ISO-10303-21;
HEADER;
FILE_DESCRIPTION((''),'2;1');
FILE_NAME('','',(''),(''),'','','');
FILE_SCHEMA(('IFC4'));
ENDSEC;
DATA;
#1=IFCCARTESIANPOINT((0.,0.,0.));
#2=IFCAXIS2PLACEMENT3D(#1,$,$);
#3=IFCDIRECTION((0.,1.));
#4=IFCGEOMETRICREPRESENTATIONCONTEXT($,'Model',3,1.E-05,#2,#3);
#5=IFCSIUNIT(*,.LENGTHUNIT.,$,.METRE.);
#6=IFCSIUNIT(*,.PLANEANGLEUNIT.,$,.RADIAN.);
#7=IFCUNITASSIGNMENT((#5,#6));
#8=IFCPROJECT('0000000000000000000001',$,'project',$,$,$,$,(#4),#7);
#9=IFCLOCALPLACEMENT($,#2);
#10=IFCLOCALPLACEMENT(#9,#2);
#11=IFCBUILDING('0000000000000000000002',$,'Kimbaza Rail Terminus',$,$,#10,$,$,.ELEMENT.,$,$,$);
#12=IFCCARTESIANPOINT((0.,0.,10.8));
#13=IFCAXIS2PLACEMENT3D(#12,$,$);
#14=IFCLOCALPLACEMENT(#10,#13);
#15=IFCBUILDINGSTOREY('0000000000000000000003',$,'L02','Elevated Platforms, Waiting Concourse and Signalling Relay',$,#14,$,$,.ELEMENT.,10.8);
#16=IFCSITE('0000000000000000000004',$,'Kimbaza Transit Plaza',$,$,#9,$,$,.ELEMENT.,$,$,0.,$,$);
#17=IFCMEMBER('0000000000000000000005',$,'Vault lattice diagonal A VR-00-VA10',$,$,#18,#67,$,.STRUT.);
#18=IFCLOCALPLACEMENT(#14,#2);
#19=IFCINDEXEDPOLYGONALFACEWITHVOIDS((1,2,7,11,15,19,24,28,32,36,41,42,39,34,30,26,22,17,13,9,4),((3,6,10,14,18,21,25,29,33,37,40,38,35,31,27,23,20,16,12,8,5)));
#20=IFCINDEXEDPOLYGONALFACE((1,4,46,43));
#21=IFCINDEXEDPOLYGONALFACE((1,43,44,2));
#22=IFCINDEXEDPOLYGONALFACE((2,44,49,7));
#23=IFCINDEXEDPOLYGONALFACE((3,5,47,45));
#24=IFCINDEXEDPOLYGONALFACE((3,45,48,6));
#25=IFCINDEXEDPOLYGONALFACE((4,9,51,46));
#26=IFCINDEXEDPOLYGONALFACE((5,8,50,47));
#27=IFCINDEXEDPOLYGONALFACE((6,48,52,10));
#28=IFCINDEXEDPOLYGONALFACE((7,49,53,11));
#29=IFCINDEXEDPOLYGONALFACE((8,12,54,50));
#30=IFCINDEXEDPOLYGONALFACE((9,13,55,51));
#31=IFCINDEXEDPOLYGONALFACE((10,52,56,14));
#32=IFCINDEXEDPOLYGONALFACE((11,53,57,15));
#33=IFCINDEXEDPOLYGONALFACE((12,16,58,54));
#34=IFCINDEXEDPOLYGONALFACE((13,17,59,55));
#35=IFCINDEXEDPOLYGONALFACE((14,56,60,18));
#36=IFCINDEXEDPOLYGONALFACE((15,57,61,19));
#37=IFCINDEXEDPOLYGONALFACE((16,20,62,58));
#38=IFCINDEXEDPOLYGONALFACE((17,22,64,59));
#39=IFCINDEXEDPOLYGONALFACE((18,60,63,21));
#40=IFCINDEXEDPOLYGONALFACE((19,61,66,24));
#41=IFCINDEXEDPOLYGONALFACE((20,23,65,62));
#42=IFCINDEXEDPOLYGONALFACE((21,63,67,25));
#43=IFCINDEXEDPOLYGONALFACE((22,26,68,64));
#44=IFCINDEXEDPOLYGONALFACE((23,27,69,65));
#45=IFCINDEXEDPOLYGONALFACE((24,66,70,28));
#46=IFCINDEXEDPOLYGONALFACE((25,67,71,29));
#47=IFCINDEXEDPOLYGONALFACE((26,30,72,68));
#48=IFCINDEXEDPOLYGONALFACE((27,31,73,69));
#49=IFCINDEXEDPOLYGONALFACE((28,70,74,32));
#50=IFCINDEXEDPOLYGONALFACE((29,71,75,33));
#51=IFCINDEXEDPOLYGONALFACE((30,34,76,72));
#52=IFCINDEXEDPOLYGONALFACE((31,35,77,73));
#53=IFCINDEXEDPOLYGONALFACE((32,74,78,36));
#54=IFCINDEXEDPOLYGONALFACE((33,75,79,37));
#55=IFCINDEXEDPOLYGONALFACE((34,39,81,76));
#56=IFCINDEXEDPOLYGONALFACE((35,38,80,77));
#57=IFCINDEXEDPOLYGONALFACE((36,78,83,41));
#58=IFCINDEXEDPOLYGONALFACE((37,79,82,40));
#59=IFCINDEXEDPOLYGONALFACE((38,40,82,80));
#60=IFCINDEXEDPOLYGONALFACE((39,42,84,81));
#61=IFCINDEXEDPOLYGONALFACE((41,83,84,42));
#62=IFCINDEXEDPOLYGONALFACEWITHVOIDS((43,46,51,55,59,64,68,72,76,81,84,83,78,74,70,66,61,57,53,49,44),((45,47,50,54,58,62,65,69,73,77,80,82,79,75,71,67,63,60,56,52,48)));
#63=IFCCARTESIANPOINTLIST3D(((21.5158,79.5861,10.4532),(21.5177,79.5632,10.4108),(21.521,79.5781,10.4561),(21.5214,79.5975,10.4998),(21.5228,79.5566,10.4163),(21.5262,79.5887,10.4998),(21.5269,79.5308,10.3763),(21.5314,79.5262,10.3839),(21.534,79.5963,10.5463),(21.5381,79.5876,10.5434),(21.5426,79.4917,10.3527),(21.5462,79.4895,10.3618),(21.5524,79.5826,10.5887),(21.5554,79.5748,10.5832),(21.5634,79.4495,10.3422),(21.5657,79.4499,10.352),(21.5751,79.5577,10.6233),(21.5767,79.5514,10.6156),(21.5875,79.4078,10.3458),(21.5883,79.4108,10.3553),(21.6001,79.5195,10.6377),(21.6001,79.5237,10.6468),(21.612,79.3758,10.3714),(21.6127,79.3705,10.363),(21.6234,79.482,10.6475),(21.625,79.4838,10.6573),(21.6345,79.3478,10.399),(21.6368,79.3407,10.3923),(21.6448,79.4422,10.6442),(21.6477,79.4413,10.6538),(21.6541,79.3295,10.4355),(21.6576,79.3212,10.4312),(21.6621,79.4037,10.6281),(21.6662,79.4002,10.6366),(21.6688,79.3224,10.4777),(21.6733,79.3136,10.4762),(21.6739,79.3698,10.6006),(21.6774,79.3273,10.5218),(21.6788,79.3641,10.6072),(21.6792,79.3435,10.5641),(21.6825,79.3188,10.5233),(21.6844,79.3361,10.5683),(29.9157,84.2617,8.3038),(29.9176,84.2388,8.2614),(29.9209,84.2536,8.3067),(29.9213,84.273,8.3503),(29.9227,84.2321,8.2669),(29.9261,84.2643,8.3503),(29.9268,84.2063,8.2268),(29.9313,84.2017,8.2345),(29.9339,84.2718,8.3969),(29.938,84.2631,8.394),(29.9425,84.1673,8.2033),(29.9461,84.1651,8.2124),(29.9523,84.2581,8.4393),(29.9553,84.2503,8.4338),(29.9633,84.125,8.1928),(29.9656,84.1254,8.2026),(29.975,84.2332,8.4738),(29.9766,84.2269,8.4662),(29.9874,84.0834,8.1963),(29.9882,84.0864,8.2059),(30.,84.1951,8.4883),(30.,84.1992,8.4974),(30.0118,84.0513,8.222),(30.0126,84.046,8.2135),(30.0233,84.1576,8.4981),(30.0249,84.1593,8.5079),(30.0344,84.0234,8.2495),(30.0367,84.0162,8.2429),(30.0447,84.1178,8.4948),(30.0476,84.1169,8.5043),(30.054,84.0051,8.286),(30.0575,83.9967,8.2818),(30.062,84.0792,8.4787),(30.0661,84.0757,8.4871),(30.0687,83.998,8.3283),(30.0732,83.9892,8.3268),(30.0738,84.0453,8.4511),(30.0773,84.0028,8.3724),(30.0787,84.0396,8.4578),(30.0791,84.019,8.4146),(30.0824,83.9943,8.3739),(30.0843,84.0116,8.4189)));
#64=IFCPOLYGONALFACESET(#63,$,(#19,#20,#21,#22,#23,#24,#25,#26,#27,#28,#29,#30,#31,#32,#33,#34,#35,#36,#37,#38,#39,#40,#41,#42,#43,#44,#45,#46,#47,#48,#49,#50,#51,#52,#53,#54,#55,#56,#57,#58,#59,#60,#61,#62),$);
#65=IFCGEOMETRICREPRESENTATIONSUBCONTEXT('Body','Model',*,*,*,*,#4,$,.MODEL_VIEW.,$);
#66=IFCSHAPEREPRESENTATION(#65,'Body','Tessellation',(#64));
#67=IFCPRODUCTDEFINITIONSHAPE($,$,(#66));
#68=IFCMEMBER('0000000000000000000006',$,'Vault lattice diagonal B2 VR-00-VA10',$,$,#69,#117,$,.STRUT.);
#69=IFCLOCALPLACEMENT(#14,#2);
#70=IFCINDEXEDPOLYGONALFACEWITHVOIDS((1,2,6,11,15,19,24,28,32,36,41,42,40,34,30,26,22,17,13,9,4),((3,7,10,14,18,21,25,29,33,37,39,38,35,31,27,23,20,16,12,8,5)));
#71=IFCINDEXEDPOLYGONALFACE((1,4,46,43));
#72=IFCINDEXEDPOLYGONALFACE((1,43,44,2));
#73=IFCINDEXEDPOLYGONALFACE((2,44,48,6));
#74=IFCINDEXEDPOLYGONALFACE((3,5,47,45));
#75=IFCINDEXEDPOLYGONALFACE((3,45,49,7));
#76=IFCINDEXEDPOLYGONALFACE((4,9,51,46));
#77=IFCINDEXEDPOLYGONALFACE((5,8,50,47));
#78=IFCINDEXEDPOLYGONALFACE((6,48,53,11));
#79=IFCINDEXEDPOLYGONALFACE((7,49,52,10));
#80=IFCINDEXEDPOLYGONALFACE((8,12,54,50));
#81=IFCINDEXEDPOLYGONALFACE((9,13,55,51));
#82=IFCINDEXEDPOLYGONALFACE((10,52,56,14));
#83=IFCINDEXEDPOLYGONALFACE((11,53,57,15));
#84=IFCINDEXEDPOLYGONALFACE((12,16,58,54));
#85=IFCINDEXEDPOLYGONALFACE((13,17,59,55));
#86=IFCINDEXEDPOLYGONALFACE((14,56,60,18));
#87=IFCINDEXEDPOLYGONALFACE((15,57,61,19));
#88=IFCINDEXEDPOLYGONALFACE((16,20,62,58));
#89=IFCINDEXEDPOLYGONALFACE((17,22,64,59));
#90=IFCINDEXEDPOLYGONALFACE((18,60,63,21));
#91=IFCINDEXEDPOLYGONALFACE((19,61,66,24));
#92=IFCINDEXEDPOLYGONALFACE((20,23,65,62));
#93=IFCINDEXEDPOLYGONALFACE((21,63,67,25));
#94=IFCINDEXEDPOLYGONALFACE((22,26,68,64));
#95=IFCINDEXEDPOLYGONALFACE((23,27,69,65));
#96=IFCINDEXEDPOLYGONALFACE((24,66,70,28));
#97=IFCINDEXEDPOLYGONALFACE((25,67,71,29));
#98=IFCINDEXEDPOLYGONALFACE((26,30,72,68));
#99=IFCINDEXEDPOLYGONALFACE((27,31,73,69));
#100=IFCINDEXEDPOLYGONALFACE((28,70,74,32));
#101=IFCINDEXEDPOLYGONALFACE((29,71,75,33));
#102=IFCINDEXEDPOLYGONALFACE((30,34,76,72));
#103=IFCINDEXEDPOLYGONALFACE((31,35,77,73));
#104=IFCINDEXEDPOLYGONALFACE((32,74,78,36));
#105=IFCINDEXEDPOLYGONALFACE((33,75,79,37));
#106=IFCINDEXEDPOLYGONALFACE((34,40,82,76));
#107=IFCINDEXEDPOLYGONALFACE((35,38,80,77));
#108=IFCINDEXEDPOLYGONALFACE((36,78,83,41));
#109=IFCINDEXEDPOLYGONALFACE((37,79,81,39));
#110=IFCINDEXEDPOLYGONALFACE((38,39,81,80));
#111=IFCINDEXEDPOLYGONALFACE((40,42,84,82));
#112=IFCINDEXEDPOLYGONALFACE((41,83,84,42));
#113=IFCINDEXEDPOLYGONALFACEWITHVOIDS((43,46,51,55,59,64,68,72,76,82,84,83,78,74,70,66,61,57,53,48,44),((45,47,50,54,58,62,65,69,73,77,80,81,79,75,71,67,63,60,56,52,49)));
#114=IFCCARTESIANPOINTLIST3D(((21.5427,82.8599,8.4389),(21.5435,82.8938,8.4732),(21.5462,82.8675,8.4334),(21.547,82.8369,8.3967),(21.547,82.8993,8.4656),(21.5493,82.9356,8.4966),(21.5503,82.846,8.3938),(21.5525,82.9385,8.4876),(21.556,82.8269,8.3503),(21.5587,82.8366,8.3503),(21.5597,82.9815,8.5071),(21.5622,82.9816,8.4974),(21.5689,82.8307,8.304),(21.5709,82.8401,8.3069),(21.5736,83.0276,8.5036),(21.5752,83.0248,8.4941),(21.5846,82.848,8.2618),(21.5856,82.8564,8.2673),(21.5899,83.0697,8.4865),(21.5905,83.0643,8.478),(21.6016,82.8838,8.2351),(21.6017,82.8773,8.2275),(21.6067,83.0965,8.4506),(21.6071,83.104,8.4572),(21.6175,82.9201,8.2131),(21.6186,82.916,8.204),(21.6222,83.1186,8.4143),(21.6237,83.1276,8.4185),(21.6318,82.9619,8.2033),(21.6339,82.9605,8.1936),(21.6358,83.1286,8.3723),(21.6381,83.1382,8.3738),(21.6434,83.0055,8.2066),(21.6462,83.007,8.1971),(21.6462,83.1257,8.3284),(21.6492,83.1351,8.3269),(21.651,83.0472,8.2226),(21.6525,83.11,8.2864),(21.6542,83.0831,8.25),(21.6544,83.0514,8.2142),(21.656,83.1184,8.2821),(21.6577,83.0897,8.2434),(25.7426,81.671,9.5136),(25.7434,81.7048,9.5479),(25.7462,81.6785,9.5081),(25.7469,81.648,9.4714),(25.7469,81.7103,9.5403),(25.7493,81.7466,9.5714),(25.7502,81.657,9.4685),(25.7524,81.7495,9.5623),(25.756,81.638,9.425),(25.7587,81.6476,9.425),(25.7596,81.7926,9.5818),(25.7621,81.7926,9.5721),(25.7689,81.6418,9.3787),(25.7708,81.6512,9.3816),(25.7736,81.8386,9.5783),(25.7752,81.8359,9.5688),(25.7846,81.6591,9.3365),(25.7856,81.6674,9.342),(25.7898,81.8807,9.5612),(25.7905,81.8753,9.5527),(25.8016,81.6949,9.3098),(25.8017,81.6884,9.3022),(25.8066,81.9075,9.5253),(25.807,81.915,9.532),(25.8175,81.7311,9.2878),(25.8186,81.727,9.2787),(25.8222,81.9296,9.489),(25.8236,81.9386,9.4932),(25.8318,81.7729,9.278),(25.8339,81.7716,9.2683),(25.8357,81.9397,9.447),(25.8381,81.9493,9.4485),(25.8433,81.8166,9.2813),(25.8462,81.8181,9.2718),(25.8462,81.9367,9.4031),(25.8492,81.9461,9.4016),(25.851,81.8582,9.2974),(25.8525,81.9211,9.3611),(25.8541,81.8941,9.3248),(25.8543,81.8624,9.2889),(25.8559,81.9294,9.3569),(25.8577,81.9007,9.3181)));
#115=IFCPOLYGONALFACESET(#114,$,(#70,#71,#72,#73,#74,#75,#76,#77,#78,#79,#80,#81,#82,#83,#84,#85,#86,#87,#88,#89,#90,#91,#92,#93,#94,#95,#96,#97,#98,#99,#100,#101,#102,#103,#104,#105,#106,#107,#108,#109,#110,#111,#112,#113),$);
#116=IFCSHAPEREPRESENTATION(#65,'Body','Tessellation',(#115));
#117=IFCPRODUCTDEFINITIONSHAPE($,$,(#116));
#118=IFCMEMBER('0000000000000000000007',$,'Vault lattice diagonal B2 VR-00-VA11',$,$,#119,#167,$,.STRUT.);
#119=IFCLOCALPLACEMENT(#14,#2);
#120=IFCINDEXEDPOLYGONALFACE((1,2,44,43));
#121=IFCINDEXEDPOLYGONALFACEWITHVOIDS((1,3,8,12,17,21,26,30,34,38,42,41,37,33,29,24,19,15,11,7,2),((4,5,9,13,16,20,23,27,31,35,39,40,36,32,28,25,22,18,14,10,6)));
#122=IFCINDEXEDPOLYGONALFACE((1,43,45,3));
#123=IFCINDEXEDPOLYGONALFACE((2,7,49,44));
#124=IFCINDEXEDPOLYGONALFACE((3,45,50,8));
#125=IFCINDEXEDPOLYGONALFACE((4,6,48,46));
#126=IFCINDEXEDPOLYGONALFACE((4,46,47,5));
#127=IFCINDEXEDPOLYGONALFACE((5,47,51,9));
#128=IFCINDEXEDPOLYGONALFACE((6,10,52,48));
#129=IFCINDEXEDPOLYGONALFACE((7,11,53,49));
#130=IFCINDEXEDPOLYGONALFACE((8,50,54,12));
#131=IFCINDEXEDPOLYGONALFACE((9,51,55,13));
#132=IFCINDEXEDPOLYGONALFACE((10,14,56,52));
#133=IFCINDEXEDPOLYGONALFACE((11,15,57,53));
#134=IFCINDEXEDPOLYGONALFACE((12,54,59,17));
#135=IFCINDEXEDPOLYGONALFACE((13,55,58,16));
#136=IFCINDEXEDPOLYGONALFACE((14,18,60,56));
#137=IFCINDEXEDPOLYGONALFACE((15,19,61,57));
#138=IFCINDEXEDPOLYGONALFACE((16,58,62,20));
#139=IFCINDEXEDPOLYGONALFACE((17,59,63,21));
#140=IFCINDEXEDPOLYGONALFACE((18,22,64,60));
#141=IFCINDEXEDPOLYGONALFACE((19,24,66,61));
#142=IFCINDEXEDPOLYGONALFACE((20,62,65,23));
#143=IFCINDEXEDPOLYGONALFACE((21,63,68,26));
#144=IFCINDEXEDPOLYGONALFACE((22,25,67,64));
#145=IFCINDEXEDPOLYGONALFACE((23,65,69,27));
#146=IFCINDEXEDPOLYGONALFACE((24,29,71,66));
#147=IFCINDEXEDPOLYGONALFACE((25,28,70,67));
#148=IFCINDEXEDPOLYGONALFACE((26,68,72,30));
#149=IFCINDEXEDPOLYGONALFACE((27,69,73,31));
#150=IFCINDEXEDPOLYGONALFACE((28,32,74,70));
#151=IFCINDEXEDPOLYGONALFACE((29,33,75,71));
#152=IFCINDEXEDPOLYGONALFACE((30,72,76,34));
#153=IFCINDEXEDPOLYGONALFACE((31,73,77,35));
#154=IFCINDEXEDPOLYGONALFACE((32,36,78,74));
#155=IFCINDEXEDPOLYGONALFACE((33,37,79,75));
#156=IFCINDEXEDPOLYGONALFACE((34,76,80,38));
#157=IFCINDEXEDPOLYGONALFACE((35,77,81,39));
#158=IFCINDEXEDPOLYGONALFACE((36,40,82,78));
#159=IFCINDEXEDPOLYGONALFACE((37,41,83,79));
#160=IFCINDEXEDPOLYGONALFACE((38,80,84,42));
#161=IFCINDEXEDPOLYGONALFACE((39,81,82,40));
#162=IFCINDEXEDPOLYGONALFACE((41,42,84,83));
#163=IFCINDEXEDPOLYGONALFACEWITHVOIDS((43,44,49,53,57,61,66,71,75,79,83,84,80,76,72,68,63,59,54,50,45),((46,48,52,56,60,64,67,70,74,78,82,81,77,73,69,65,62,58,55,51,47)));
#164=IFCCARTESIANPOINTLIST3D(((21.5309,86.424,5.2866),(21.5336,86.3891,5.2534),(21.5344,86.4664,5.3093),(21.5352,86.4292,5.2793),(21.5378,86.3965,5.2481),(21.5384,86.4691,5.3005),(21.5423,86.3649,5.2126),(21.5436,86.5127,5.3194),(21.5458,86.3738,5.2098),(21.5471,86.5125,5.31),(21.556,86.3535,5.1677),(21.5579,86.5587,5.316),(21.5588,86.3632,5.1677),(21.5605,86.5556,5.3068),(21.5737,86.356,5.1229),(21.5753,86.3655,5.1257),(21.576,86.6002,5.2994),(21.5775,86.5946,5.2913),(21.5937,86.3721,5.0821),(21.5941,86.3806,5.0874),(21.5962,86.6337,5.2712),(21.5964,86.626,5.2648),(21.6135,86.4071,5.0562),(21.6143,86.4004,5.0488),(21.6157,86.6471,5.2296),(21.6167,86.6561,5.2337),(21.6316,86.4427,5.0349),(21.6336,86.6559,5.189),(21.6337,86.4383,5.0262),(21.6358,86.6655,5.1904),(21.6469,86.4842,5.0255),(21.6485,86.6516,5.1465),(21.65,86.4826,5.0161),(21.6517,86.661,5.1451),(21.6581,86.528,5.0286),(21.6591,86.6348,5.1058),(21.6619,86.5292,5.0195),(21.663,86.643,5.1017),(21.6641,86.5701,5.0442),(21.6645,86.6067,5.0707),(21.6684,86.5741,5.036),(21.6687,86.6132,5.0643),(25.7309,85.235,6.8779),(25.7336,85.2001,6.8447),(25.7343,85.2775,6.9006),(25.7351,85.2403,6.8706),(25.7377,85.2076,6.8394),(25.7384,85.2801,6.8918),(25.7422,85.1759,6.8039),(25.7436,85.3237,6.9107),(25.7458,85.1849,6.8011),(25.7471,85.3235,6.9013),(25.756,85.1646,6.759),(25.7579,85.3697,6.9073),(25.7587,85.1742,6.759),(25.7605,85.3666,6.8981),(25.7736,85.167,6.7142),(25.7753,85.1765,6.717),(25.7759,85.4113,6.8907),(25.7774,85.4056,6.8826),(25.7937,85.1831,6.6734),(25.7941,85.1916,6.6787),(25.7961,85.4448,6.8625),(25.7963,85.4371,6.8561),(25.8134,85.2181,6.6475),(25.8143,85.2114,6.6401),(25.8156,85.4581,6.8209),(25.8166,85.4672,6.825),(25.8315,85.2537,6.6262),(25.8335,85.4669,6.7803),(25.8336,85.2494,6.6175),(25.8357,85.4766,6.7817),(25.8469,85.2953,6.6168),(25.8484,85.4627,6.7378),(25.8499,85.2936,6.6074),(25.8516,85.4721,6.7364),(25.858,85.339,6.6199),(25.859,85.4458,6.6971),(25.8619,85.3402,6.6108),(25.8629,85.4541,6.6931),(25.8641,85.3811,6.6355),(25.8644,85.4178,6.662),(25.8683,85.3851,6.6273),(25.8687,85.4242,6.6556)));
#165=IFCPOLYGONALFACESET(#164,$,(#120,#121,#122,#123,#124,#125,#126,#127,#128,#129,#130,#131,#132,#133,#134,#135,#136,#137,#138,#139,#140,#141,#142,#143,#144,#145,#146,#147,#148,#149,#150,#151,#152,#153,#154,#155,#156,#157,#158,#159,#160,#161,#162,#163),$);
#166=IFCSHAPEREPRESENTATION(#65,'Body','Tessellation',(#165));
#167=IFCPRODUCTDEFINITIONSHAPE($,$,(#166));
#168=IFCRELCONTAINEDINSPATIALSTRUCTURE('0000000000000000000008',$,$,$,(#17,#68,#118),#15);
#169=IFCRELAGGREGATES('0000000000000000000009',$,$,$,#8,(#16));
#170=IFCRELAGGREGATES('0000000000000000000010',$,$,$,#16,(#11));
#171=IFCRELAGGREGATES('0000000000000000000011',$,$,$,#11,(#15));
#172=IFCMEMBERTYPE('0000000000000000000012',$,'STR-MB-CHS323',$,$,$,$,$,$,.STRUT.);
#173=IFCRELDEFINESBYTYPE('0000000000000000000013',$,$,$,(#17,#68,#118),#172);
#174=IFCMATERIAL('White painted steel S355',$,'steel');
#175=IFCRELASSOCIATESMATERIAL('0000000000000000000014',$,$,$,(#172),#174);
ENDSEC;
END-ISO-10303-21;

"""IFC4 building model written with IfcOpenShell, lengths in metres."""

from ifc_helpers import new_model, si_unit, direction, frame, origin, origin_2d, place, context, subcontext, project, spatial, hollow_circle, extrude, material, material_profile, profile_set, type_object, element, save


model = new_model("IFC4")

# Units and contexts
model_context = context("Model", 3, precision=1e-05, world=origin(), true_north=direction((0.0, 1.0)))
body_context = subcontext(model_context, "Body", "Model", "MODEL_VIEW")
ifc_project = project(units=[si_unit("LENGTHUNIT", "METRE"), si_unit("PLANEANGLEUNIT", "RADIAN")], contexts=[model_context])

# Site, building, storey
site_placement = place(None, origin())
site = spatial("IfcSite", under=ifc_project, at=site_placement, Name="Kimbaza Transit Plaza", CompositionType="ELEMENT", RefElevation=0.0)
building_placement = place(site_placement, origin())
building = spatial("IfcBuilding", under=site, at=building_placement, Name="Kimbaza Rail Terminus", CompositionType="ELEMENT")
storey_placement = place(building_placement, frame((0.0, 0.0, 10.8)))
storey = spatial("IfcBuildingStorey", under=building, at=storey_placement, Name="L02", Description="Elevated Platforms, Waiting Concourse and Signalling Relay", CompositionType="ELEMENT", Elevation=10.8)

# Members
ifc_material_1 = material(Name="White painted steel S355", Category="steel")
ifc_material_profile_1 = material_profile(ifc_material_1, hollow_circle(Radius=0.1619, WallThickness=0.01, at=origin_2d()), Name="CHS 323.9x10")
ifc_profile_set_1 = profile_set([ifc_material_profile_1], Name="White painted steel S355")
member_type_1 = type_object("IfcMemberType", Name="STR-MB-CHS323", PredefinedType="STRUT", material=ifc_profile_set_1)
member_1_placement = place(storey_placement, frame((21.6001, 79.4561, 10.4998), z_axis=(0.85271, 0.474633, -0.218196), x_axis=(-0.486352, 0.873763, 0.0)))
element("IfcMember", 1, at=member_1_placement, inside=storey, type_object=member_type_1, Name="Vault lattice diagonal A VR-00-VA10", PredefinedType="STRUT", context=body_context, shape_type="SweptSolid", body=[
    extrude(hollow_circle(Radius=0.1619, WallThickness=0.01, at=origin_2d()), origin(), (0.0, 0.0, 1.0), 9.8508),
])
member_2_placement = place(storey_placement, frame((25.8, 81.7937, 9.425), z_axis=(-0.934287, 0.264487, -0.239071), x_axis=(-0.272386, -0.962188, 0.0)))
element("IfcMember", 2, at=member_2_placement, inside=storey, type_object=member_type_1, Name="Vault lattice diagonal B2 VR-00-VA10", PredefinedType="STRUT", context=body_context, shape_type="SweptSolid", body=[
    extrude(hollow_circle(Radius=0.1619, WallThickness=0.01, at=origin_2d()), origin(), (0.0, 0.0, 1.0), 4.4954),
])
member_3_placement = place(storey_placement, frame((25.8, 85.3203, 6.759), z_axis=(-0.903989, 0.25591, -0.34251), x_axis=(-0.272386, -0.962188, 0.0)))
element("IfcMember", 3, at=member_3_placement, inside=storey, type_object=member_type_1, Name="Vault lattice diagonal B2 VR-00-VA11", PredefinedType="STRUT", context=body_context, shape_type="SweptSolid", body=[
    extrude(hollow_circle(Radius=0.1619, WallThickness=0.01, at=origin_2d()), origin(), (0.0, 0.0, 1.0), 4.646),
])

save(model, "model.ifc")
